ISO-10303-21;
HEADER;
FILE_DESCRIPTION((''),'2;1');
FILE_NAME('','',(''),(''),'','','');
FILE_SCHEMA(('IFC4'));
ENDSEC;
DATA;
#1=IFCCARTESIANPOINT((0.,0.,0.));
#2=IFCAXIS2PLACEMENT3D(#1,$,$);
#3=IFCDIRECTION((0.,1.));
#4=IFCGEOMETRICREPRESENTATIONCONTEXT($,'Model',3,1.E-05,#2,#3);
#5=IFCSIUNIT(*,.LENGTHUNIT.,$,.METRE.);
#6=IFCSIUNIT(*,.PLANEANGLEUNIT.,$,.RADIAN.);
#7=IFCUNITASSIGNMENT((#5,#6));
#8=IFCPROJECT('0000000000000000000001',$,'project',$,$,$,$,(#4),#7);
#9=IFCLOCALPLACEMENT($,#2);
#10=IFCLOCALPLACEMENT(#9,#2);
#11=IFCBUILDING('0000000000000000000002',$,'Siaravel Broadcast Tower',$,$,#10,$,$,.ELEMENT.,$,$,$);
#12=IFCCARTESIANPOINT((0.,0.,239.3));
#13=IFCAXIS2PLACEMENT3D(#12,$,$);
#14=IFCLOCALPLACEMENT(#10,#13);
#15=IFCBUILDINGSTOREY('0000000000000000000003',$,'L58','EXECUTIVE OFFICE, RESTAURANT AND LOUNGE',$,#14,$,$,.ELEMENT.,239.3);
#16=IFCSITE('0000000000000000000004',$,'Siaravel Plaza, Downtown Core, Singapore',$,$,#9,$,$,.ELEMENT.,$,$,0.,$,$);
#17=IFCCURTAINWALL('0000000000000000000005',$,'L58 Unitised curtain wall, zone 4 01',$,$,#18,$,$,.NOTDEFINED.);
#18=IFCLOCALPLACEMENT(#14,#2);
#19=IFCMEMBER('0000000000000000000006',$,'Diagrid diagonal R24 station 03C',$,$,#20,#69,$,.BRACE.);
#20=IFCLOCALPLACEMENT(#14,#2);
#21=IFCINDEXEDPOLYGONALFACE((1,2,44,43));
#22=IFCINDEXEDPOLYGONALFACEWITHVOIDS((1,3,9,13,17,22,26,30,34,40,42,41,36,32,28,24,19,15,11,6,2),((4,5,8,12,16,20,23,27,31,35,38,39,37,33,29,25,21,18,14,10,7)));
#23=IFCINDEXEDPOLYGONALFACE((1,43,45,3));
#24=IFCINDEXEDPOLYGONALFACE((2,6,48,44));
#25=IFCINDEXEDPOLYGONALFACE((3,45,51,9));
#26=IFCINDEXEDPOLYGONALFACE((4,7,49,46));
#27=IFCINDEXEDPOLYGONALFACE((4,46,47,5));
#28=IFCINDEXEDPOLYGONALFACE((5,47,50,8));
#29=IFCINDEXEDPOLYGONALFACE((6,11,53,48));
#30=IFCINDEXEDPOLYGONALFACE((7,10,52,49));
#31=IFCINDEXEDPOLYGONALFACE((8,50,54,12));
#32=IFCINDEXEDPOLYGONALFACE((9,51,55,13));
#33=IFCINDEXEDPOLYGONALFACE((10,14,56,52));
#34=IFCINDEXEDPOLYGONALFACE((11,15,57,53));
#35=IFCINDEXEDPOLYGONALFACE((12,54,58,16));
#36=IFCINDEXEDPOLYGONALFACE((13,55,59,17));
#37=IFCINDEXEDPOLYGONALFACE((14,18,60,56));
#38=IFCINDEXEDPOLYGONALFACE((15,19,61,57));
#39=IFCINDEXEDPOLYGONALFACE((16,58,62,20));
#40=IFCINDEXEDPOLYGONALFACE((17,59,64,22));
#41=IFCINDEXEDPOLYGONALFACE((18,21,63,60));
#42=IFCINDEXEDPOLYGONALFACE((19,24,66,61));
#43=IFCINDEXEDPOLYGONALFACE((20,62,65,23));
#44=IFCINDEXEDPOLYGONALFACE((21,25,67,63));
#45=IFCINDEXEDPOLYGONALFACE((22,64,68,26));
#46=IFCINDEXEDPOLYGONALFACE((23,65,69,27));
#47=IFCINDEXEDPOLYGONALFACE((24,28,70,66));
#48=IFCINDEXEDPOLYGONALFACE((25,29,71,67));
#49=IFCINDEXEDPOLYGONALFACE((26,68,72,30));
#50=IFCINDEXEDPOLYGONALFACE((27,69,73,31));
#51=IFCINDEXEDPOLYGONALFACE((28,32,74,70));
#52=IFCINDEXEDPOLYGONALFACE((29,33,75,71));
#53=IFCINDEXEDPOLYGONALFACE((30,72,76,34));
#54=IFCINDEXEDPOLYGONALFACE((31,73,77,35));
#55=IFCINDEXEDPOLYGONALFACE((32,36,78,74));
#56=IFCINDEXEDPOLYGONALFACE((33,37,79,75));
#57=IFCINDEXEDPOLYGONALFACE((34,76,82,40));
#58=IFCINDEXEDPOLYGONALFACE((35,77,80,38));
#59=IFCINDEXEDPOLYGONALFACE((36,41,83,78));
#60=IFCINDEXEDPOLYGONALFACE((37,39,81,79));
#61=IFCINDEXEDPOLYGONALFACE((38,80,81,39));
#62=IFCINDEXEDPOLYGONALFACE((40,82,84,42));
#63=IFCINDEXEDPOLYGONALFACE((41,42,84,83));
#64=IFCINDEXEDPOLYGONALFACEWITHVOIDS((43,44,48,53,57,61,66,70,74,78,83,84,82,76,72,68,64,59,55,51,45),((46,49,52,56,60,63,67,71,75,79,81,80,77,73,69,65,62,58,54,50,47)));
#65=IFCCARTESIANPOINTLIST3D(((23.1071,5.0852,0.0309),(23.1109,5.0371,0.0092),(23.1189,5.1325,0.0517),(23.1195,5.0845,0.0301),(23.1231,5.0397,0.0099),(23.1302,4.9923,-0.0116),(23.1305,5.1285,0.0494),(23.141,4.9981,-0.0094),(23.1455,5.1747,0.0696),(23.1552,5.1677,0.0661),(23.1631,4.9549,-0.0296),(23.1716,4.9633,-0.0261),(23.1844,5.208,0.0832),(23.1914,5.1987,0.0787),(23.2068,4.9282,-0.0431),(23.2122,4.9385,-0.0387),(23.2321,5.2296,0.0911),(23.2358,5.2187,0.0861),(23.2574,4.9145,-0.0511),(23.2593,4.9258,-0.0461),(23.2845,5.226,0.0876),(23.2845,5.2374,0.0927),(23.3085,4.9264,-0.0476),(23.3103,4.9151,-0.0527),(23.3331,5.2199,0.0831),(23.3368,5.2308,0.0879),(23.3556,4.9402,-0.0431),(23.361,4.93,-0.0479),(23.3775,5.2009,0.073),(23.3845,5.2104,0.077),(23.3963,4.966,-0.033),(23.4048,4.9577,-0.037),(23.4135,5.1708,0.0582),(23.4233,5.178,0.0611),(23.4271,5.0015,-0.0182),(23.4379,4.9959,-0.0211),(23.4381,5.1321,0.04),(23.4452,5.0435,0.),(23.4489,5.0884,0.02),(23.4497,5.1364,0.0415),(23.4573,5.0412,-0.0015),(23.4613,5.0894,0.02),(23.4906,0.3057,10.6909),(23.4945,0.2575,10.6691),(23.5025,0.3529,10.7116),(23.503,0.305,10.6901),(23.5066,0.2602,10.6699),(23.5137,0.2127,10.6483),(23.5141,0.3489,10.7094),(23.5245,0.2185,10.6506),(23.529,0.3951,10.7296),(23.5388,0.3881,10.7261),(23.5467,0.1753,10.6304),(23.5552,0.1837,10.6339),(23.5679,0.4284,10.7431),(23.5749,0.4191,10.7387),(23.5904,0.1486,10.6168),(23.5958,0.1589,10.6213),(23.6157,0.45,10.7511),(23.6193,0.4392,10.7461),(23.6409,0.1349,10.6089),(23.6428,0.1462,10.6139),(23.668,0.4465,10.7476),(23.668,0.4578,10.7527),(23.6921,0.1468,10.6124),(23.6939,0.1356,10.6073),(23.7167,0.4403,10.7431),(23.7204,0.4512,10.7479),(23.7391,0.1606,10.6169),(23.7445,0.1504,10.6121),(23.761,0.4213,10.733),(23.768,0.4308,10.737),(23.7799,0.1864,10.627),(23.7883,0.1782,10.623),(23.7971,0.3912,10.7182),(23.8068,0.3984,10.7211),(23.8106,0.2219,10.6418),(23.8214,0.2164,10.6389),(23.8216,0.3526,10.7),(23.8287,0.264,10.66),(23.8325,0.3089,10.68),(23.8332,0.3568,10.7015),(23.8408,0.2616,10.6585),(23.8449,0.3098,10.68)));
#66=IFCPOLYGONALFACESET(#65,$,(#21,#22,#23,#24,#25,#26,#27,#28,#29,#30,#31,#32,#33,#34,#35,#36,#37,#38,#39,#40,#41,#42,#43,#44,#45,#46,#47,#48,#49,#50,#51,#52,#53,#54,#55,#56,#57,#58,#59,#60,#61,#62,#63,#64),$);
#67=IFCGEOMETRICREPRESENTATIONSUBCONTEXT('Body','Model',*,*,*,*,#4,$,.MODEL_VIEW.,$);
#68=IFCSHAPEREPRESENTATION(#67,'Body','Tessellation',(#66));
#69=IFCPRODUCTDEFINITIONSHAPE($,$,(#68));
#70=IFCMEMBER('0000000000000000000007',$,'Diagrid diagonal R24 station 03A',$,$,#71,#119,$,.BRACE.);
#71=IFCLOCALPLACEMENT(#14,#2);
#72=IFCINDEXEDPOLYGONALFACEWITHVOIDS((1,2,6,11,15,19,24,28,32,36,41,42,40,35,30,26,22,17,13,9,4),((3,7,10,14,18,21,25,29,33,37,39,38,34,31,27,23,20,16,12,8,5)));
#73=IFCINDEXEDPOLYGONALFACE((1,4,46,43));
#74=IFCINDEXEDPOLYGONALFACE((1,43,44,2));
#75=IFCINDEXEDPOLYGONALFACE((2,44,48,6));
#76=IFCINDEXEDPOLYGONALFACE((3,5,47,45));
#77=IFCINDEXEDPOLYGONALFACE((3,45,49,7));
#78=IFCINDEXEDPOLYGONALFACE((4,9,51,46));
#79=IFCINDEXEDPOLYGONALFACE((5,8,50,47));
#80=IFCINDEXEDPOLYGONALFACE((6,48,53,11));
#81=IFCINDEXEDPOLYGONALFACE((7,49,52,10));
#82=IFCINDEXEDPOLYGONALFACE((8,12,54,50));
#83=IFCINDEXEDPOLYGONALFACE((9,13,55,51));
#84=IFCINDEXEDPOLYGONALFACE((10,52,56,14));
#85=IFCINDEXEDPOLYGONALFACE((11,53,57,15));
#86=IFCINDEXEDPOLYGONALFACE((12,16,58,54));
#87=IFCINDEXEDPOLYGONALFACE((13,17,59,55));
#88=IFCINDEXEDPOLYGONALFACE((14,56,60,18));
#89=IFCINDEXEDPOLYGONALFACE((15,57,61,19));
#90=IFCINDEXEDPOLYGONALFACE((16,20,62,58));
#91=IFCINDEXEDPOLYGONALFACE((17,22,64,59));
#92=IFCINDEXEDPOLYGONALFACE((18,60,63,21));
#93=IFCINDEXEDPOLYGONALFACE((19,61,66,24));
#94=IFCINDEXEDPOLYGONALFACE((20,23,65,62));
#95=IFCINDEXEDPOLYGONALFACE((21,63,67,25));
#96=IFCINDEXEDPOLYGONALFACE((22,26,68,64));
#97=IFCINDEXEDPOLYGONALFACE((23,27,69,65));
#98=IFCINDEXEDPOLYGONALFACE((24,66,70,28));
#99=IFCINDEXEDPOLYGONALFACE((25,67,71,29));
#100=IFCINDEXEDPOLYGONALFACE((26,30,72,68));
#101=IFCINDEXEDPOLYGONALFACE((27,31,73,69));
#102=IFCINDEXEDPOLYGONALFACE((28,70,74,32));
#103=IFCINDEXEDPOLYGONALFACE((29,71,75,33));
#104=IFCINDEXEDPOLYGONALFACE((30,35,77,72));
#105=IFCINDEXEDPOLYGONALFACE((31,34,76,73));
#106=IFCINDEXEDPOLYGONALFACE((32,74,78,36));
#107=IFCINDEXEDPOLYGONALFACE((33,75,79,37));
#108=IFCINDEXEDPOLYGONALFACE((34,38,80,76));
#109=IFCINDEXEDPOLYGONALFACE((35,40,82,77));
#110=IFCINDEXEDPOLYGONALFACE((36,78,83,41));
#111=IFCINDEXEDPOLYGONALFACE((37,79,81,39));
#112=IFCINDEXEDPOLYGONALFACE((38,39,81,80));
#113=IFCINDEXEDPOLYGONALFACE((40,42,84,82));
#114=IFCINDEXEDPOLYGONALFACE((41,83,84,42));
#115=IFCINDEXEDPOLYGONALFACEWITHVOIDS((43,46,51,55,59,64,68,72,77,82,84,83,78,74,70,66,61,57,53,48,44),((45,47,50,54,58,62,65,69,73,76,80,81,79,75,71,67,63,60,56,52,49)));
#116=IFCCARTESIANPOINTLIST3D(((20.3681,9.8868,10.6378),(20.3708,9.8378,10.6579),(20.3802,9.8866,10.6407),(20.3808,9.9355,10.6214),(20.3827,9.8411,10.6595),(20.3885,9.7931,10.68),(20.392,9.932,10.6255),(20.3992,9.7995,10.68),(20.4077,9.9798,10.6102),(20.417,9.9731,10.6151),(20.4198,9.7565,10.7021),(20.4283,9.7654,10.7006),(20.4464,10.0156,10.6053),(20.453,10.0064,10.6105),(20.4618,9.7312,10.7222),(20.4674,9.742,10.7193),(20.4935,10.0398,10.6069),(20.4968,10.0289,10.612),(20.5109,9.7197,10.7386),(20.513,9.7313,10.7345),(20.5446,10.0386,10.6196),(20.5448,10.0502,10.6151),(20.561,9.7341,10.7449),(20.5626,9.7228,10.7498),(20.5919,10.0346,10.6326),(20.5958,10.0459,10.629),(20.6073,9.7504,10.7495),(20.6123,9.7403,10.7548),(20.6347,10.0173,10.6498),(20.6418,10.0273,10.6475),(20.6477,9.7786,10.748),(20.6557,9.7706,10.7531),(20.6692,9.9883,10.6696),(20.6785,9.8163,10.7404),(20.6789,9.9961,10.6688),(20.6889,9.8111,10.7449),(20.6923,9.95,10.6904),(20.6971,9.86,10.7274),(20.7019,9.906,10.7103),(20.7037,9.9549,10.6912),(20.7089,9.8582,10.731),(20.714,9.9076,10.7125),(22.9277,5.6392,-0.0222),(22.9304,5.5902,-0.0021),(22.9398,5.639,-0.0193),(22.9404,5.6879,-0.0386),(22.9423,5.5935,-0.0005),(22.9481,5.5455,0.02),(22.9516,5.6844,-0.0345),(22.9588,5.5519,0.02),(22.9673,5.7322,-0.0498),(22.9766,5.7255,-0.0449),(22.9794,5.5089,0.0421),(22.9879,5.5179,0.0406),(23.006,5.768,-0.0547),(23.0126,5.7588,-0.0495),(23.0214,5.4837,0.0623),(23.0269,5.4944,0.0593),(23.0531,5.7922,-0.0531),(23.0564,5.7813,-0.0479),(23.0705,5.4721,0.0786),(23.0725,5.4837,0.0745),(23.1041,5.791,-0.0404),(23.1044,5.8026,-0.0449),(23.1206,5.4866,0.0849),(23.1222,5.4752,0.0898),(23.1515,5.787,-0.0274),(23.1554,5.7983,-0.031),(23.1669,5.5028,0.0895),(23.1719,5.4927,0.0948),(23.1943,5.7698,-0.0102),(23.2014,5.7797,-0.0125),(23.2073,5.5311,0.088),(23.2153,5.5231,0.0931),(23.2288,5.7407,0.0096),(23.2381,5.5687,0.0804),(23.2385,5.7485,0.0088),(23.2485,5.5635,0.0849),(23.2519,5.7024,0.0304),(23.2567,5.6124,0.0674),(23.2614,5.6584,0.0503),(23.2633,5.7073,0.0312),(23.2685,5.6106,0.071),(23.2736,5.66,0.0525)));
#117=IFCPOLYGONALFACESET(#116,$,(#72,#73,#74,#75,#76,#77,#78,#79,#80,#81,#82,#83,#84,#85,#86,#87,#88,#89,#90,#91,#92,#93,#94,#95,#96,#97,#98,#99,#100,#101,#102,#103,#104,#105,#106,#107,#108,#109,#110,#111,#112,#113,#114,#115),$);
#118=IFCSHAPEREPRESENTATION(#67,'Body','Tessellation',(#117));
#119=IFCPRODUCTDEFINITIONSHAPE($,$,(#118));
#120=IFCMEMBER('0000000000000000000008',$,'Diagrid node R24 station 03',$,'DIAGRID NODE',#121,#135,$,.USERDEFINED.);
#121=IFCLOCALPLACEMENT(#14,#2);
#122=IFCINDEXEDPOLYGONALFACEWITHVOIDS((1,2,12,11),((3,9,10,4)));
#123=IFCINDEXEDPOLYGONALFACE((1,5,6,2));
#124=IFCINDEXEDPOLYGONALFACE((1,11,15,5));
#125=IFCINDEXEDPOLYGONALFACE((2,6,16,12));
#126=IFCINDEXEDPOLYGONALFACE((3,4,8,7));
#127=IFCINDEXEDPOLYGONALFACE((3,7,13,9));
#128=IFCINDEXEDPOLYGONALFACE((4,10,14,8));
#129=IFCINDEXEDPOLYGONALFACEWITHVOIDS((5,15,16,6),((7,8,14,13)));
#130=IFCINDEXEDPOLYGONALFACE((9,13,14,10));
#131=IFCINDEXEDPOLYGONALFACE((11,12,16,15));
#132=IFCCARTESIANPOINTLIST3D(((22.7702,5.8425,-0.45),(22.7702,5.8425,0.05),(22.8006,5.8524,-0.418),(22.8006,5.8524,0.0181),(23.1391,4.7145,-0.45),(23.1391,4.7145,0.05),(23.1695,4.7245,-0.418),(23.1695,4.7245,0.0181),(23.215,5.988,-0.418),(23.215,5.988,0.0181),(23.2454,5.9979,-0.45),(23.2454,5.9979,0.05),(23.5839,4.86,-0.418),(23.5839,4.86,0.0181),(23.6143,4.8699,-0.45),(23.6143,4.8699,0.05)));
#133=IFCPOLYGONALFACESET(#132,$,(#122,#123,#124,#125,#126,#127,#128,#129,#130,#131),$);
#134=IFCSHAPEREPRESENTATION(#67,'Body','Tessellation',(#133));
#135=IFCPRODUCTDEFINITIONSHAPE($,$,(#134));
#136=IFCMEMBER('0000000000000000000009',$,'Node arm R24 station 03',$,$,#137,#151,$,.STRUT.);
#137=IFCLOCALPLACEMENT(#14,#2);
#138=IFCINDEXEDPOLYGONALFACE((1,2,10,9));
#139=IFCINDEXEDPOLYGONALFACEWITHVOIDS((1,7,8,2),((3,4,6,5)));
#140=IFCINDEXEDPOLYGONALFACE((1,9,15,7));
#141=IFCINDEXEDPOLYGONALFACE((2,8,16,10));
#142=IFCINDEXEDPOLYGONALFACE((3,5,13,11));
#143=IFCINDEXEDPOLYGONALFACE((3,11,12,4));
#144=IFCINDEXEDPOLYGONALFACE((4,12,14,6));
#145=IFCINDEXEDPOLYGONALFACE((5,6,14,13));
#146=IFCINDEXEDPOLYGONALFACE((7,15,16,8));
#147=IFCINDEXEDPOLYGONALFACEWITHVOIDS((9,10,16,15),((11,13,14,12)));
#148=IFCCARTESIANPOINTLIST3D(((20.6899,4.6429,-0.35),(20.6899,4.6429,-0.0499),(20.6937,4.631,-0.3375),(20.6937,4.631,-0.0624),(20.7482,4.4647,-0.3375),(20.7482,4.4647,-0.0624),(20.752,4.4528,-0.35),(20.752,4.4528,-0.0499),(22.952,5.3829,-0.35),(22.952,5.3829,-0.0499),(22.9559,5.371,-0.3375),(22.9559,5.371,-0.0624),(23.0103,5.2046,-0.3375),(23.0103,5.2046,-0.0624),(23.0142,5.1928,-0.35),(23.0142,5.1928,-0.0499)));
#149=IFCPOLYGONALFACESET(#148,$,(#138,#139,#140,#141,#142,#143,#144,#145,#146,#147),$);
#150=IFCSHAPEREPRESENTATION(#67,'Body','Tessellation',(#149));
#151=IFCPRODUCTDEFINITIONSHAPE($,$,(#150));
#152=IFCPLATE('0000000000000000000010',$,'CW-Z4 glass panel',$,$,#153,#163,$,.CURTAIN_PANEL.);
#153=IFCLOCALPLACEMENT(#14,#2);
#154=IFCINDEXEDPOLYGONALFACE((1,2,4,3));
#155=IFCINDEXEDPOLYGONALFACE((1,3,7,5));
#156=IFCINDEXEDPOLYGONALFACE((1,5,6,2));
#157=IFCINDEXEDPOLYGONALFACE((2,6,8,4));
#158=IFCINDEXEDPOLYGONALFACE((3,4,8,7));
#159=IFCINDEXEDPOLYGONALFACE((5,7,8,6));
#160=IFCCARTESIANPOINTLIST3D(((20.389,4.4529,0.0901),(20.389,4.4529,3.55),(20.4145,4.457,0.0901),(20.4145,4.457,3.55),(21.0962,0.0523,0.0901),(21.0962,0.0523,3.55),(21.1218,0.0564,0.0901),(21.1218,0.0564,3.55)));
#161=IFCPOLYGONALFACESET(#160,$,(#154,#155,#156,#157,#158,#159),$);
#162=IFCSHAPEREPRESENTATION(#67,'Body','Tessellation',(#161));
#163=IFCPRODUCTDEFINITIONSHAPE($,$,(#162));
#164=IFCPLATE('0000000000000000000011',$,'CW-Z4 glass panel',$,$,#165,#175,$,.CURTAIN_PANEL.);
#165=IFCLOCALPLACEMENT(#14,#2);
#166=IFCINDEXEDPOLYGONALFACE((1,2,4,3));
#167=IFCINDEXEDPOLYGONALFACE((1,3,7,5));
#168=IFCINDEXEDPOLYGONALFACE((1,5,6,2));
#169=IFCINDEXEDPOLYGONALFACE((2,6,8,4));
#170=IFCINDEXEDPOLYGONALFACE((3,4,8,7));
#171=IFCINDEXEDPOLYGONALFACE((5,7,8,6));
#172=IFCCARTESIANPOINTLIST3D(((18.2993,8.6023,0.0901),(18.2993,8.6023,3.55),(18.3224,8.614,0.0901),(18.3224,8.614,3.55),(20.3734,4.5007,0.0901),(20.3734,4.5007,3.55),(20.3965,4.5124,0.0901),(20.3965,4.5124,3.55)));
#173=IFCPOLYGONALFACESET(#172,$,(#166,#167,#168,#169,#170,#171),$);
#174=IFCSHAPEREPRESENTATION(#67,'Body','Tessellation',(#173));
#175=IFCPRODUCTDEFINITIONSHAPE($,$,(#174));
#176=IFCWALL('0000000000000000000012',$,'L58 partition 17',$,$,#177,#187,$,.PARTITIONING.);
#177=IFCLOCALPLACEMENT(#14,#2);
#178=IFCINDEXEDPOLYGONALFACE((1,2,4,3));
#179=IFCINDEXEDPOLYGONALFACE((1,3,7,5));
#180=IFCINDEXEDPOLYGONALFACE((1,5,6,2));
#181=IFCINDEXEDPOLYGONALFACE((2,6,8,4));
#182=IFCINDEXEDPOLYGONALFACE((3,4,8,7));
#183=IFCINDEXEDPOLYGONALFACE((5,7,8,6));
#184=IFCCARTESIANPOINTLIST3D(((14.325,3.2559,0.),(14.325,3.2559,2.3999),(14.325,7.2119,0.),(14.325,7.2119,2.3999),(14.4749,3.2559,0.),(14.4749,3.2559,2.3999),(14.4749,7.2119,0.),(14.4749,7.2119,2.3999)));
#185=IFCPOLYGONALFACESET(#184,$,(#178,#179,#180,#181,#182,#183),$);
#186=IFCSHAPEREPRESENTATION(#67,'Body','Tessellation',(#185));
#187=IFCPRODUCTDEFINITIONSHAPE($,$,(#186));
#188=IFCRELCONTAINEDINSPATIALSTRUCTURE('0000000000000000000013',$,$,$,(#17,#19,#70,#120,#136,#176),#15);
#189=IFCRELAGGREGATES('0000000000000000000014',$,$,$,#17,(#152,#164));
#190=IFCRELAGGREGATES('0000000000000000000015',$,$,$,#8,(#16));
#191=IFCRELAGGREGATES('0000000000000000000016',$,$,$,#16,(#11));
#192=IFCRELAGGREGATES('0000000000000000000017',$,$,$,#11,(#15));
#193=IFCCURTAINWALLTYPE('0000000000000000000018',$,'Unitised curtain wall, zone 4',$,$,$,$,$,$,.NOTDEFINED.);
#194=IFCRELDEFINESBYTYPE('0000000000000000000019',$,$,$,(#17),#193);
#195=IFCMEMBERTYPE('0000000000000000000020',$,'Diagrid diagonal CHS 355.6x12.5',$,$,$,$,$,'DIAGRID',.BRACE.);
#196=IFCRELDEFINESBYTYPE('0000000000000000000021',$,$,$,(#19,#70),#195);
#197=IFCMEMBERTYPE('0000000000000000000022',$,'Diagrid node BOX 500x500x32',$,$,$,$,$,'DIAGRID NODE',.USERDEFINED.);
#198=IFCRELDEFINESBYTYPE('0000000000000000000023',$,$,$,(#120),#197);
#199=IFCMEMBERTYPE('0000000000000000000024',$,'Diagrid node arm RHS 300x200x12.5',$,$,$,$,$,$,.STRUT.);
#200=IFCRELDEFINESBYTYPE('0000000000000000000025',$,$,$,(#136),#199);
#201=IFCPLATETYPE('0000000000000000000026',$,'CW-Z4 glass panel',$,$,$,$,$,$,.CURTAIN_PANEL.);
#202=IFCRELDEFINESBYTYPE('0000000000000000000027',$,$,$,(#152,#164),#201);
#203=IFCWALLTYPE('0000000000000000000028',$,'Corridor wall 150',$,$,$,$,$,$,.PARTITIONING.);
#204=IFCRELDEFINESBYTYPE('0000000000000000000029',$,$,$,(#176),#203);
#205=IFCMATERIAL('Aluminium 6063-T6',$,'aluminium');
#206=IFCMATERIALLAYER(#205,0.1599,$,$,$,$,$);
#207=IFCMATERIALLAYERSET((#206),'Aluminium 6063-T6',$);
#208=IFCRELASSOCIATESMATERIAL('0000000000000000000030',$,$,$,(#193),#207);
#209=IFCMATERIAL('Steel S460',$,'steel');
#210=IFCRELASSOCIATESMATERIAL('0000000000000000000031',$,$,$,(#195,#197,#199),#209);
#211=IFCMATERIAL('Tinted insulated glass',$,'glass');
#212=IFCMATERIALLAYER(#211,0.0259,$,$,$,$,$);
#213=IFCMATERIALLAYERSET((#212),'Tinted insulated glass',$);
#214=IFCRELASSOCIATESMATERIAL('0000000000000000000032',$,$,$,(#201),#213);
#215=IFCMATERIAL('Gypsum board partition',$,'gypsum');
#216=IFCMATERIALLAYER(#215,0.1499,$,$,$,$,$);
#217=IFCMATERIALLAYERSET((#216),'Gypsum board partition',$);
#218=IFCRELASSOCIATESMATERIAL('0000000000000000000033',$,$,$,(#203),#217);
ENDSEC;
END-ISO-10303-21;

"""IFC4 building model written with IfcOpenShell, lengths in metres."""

from ifc_helpers import new_model, si_unit, direction, frame, frame_2d, origin, origin_2d, place, context, subcontext, project, spatial, rectangle, hollow_rectangle, hollow_circle, extrude, material, layer, layer_set, material_profile, profile_set, type_object, element, aggregate, save


model = new_model("IFC4")

# Units and contexts
model_context = context("Model", 3, precision=1e-05, world=origin(), true_north=direction((0.0, 1.0)))
body_context = subcontext(model_context, "Body", "Model", "MODEL_VIEW")
ifc_project = project(units=[si_unit("LENGTHUNIT", "METRE"), si_unit("PLANEANGLEUNIT", "RADIAN")], contexts=[model_context])

# Site, building, storey
site_placement = place(None, origin())
site = spatial("IfcSite", under=ifc_project, at=site_placement, Name="Siaravel Plaza, Downtown Core, Singapore", CompositionType="ELEMENT", RefElevation=0.0)
building_placement = place(site_placement, origin())
building = spatial("IfcBuilding", under=site, at=building_placement, Name="Siaravel Broadcast Tower", CompositionType="ELEMENT")
storey_placement = place(building_placement, frame((0.0, 0.0, 239.3)))
storey = spatial("IfcBuildingStorey", under=building, at=storey_placement, Name="L58", Description="EXECUTIVE OFFICE, RESTAURANT AND LOUNGE", CompositionType="ELEMENT", Elevation=239.3)

# Curtain wall
ifc_material_1 = material(Name="Aluminium 6063-T6", Category="aluminium")
ifc_layer_1 = layer(ifc_material_1, 0.1599)
ifc_layer_set_1 = layer_set([ifc_layer_1], Name="Aluminium 6063-T6")
curtain_wall_type = type_object("IfcCurtainWallType", Name="Unitised curtain wall, zone 4", PredefinedType="NOTDEFINED", material=ifc_layer_set_1)
curtain_wall_placement = place(storey_placement, origin())
curtain_wall = element("IfcCurtainWall", 1, at=curtain_wall_placement, inside=storey, type_object=curtain_wall_type, Name="L58 Unitised curtain wall, zone 4 01", PredefinedType="NOTDEFINED")

# Members
ifc_material_2 = material(Name="Steel S460", Category="steel")
ifc_material_profile_1 = material_profile(ifc_material_2, hollow_circle(Radius=0.1777, WallThickness=0.0125, at=origin_2d()))
ifc_profile_set_1 = profile_set([ifc_material_profile_1], Name="Steel S460")
member_type_1 = type_object("IfcMemberType", Name="Diagrid diagonal CHS 355.6x12.5", ElementType="DIAGRID", PredefinedType="BRACE", material=ifc_profile_set_1)
member_1_placement = place(storey_placement, frame((23.2842, 5.0752, 0.02), z_axis=(0.032813, -0.408904, 0.911987), x_axis=(0.996796, 0.07999, 0.0)))
element("IfcMember", 2, at=member_1_placement, inside=storey, type_object=member_type_1, Name="Diagrid diagonal R24 station 03C", PredefinedType="BRACE", context=body_context, shape_type="SweptSolid", body=[
    extrude(hollow_circle(Radius=0.1777, WallThickness=0.0125, at=origin_2d()), origin(), (0.0, 0.0, 1.0), 11.6887),
])
member_2_placement = place(storey_placement, frame((23.1003, 5.6372, 0.02), z_axis=(-0.217706, 0.361279, 0.906687), x_axis=(-0.85651, -0.516131, 0.0)))
element("IfcMember", 3, at=member_2_placement, inside=storey, type_object=member_type_1, Name="Diagrid diagonal R24 station 03A", PredefinedType="BRACE", context=body_context, shape_type="SweptSolid", body=[
    extrude(hollow_circle(Radius=0.1777, WallThickness=0.0125, at=origin_2d()), origin(), (0.0, 0.0, 1.0), 11.7571),
])
ifc_material_profile_2 = material_profile(ifc_material_2, hollow_rectangle(XDim=0.5, YDim=0.5, WallThickness=0.032, at=origin_2d()))
ifc_profile_set_2 = profile_set([ifc_material_profile_2], Name="Steel S460")
member_type_2 = type_object("IfcMemberType", Name="Diagrid node BOX 500x500x32", ElementType="DIAGRID NODE", PredefinedType="USERDEFINED", material=ifc_profile_set_2)
member_3_placement = place(storey_placement, frame((23.3767, 4.7922, -0.2), z_axis=(-0.310853, 0.950458, 0.0), x_axis=(-0.950458, -0.310853, 0.0)))
element("IfcMember", 4, at=member_3_placement, inside=storey, type_object=member_type_2, Name="Diagrid node R24 station 03", ObjectType="DIAGRID NODE", PredefinedType="USERDEFINED", context=body_context, shape_type="SweptSolid", body=[
    extrude(hollow_rectangle(XDim=0.5, YDim=0.5, WallThickness=0.032, at=origin_2d()), origin(), (0.0, 0.0, 1.0), 1.1868),
])
ifc_material_profile_3 = material_profile(ifc_material_2, hollow_rectangle(XDim=0.2, YDim=0.3, WallThickness=0.0125, at=origin_2d()))
ifc_profile_set_3 = profile_set([ifc_material_profile_3], Name="Steel S460")
member_type_3 = type_object("IfcMemberType", Name="Diagrid node arm RHS 300x200x12.5", PredefinedType="STRUT", material=ifc_profile_set_3)
member_4_placement = place(storey_placement, frame((20.7209, 4.5479, -0.2), z_axis=(0.950443, 0.310899, 0.0), x_axis=(-0.310899, 0.950443, 0.0)))
element("IfcMember", 5, at=member_4_placement, inside=storey, type_object=member_type_3, Name="Node arm R24 station 03", PredefinedType="STRUT", context=body_context, shape_type="SweptSolid", body=[
    extrude(hollow_rectangle(XDim=0.2, YDim=0.3, WallThickness=0.0125, at=origin_2d()), origin(), (0.0, 0.0, 1.0), 2.3801),
])

# Plates
ifc_material_3 = material(Name="Tinted insulated glass", Category="glass")
ifc_layer_2 = layer(ifc_material_3, 0.0259)
ifc_layer_set_2 = layer_set([ifc_layer_2], Name="Tinted insulated glass")
plate_type = type_object("IfcPlateType", Name="CW-Z4 glass panel", PredefinedType="CURTAIN_PANEL", material=ifc_layer_set_2)
plate_1_placement = place(storey_placement, frame((20.7554, 2.2546, 0.0901), z_axis=(0.0, 0.0, 1.0), x_axis=(-0.158685, 0.987329, 0.0)))
plate_1 = element("IfcPlate", 6, at=plate_1_placement, type_object=plate_type, Name="CW-Z4 glass panel", PredefinedType="CURTAIN_PANEL", context=body_context, shape_type="SweptSolid", body=[
    extrude(rectangle(XDim=4.457, YDim=0.0259, at=origin_2d()), origin(), (0.0, 0.0, 1.0), 3.46),
])
plate_2_placement = place(storey_placement, frame((19.3479, 6.5574, 0.0901), z_axis=(0.0, 0.0, 1.0), x_axis=(-0.451259, 0.892393, 0.0)))
plate_2 = element("IfcPlate", 7, at=plate_2_placement, type_object=plate_type, Name="CW-Z4 glass panel", PredefinedType="CURTAIN_PANEL", context=body_context, shape_type="SweptSolid", body=[
    extrude(rectangle(XDim=4.5962, YDim=0.0259, at=origin_2d()), origin(), (0.0, 0.0, 1.0), 3.46),
])
aggregate(curtain_wall, [plate_1, plate_2])

# Wall
ifc_material_4 = material(Name="Gypsum board partition", Category="gypsum")
ifc_layer_3 = layer(ifc_material_4, 0.1499)
ifc_layer_set_3 = layer_set([ifc_layer_3], Name="Gypsum board partition")
wall_type_1 = type_object("IfcWallType", Name="Corridor wall 150", PredefinedType="PARTITIONING", material=ifc_layer_set_3)
wall_1_placement = place(storey_placement, frame((14.3999, 3.2559, 0.0), z_axis=(0.0, 0.0, 1.0), x_axis=(0.0, 1.0, 0.0)))
element("IfcWall", 8, at=wall_1_placement, inside=storey, type_object=wall_type_1, Name="L58 partition 17", PredefinedType="PARTITIONING", context=body_context, shape_type="SweptSolid", body=[
    extrude(rectangle(XDim=3.9561, YDim=0.1499, at=frame_2d((1.978, 0.0))), origin(), (0.0, 0.0, 1.0), 2.3999),
])

save(model, "model.ifc")
